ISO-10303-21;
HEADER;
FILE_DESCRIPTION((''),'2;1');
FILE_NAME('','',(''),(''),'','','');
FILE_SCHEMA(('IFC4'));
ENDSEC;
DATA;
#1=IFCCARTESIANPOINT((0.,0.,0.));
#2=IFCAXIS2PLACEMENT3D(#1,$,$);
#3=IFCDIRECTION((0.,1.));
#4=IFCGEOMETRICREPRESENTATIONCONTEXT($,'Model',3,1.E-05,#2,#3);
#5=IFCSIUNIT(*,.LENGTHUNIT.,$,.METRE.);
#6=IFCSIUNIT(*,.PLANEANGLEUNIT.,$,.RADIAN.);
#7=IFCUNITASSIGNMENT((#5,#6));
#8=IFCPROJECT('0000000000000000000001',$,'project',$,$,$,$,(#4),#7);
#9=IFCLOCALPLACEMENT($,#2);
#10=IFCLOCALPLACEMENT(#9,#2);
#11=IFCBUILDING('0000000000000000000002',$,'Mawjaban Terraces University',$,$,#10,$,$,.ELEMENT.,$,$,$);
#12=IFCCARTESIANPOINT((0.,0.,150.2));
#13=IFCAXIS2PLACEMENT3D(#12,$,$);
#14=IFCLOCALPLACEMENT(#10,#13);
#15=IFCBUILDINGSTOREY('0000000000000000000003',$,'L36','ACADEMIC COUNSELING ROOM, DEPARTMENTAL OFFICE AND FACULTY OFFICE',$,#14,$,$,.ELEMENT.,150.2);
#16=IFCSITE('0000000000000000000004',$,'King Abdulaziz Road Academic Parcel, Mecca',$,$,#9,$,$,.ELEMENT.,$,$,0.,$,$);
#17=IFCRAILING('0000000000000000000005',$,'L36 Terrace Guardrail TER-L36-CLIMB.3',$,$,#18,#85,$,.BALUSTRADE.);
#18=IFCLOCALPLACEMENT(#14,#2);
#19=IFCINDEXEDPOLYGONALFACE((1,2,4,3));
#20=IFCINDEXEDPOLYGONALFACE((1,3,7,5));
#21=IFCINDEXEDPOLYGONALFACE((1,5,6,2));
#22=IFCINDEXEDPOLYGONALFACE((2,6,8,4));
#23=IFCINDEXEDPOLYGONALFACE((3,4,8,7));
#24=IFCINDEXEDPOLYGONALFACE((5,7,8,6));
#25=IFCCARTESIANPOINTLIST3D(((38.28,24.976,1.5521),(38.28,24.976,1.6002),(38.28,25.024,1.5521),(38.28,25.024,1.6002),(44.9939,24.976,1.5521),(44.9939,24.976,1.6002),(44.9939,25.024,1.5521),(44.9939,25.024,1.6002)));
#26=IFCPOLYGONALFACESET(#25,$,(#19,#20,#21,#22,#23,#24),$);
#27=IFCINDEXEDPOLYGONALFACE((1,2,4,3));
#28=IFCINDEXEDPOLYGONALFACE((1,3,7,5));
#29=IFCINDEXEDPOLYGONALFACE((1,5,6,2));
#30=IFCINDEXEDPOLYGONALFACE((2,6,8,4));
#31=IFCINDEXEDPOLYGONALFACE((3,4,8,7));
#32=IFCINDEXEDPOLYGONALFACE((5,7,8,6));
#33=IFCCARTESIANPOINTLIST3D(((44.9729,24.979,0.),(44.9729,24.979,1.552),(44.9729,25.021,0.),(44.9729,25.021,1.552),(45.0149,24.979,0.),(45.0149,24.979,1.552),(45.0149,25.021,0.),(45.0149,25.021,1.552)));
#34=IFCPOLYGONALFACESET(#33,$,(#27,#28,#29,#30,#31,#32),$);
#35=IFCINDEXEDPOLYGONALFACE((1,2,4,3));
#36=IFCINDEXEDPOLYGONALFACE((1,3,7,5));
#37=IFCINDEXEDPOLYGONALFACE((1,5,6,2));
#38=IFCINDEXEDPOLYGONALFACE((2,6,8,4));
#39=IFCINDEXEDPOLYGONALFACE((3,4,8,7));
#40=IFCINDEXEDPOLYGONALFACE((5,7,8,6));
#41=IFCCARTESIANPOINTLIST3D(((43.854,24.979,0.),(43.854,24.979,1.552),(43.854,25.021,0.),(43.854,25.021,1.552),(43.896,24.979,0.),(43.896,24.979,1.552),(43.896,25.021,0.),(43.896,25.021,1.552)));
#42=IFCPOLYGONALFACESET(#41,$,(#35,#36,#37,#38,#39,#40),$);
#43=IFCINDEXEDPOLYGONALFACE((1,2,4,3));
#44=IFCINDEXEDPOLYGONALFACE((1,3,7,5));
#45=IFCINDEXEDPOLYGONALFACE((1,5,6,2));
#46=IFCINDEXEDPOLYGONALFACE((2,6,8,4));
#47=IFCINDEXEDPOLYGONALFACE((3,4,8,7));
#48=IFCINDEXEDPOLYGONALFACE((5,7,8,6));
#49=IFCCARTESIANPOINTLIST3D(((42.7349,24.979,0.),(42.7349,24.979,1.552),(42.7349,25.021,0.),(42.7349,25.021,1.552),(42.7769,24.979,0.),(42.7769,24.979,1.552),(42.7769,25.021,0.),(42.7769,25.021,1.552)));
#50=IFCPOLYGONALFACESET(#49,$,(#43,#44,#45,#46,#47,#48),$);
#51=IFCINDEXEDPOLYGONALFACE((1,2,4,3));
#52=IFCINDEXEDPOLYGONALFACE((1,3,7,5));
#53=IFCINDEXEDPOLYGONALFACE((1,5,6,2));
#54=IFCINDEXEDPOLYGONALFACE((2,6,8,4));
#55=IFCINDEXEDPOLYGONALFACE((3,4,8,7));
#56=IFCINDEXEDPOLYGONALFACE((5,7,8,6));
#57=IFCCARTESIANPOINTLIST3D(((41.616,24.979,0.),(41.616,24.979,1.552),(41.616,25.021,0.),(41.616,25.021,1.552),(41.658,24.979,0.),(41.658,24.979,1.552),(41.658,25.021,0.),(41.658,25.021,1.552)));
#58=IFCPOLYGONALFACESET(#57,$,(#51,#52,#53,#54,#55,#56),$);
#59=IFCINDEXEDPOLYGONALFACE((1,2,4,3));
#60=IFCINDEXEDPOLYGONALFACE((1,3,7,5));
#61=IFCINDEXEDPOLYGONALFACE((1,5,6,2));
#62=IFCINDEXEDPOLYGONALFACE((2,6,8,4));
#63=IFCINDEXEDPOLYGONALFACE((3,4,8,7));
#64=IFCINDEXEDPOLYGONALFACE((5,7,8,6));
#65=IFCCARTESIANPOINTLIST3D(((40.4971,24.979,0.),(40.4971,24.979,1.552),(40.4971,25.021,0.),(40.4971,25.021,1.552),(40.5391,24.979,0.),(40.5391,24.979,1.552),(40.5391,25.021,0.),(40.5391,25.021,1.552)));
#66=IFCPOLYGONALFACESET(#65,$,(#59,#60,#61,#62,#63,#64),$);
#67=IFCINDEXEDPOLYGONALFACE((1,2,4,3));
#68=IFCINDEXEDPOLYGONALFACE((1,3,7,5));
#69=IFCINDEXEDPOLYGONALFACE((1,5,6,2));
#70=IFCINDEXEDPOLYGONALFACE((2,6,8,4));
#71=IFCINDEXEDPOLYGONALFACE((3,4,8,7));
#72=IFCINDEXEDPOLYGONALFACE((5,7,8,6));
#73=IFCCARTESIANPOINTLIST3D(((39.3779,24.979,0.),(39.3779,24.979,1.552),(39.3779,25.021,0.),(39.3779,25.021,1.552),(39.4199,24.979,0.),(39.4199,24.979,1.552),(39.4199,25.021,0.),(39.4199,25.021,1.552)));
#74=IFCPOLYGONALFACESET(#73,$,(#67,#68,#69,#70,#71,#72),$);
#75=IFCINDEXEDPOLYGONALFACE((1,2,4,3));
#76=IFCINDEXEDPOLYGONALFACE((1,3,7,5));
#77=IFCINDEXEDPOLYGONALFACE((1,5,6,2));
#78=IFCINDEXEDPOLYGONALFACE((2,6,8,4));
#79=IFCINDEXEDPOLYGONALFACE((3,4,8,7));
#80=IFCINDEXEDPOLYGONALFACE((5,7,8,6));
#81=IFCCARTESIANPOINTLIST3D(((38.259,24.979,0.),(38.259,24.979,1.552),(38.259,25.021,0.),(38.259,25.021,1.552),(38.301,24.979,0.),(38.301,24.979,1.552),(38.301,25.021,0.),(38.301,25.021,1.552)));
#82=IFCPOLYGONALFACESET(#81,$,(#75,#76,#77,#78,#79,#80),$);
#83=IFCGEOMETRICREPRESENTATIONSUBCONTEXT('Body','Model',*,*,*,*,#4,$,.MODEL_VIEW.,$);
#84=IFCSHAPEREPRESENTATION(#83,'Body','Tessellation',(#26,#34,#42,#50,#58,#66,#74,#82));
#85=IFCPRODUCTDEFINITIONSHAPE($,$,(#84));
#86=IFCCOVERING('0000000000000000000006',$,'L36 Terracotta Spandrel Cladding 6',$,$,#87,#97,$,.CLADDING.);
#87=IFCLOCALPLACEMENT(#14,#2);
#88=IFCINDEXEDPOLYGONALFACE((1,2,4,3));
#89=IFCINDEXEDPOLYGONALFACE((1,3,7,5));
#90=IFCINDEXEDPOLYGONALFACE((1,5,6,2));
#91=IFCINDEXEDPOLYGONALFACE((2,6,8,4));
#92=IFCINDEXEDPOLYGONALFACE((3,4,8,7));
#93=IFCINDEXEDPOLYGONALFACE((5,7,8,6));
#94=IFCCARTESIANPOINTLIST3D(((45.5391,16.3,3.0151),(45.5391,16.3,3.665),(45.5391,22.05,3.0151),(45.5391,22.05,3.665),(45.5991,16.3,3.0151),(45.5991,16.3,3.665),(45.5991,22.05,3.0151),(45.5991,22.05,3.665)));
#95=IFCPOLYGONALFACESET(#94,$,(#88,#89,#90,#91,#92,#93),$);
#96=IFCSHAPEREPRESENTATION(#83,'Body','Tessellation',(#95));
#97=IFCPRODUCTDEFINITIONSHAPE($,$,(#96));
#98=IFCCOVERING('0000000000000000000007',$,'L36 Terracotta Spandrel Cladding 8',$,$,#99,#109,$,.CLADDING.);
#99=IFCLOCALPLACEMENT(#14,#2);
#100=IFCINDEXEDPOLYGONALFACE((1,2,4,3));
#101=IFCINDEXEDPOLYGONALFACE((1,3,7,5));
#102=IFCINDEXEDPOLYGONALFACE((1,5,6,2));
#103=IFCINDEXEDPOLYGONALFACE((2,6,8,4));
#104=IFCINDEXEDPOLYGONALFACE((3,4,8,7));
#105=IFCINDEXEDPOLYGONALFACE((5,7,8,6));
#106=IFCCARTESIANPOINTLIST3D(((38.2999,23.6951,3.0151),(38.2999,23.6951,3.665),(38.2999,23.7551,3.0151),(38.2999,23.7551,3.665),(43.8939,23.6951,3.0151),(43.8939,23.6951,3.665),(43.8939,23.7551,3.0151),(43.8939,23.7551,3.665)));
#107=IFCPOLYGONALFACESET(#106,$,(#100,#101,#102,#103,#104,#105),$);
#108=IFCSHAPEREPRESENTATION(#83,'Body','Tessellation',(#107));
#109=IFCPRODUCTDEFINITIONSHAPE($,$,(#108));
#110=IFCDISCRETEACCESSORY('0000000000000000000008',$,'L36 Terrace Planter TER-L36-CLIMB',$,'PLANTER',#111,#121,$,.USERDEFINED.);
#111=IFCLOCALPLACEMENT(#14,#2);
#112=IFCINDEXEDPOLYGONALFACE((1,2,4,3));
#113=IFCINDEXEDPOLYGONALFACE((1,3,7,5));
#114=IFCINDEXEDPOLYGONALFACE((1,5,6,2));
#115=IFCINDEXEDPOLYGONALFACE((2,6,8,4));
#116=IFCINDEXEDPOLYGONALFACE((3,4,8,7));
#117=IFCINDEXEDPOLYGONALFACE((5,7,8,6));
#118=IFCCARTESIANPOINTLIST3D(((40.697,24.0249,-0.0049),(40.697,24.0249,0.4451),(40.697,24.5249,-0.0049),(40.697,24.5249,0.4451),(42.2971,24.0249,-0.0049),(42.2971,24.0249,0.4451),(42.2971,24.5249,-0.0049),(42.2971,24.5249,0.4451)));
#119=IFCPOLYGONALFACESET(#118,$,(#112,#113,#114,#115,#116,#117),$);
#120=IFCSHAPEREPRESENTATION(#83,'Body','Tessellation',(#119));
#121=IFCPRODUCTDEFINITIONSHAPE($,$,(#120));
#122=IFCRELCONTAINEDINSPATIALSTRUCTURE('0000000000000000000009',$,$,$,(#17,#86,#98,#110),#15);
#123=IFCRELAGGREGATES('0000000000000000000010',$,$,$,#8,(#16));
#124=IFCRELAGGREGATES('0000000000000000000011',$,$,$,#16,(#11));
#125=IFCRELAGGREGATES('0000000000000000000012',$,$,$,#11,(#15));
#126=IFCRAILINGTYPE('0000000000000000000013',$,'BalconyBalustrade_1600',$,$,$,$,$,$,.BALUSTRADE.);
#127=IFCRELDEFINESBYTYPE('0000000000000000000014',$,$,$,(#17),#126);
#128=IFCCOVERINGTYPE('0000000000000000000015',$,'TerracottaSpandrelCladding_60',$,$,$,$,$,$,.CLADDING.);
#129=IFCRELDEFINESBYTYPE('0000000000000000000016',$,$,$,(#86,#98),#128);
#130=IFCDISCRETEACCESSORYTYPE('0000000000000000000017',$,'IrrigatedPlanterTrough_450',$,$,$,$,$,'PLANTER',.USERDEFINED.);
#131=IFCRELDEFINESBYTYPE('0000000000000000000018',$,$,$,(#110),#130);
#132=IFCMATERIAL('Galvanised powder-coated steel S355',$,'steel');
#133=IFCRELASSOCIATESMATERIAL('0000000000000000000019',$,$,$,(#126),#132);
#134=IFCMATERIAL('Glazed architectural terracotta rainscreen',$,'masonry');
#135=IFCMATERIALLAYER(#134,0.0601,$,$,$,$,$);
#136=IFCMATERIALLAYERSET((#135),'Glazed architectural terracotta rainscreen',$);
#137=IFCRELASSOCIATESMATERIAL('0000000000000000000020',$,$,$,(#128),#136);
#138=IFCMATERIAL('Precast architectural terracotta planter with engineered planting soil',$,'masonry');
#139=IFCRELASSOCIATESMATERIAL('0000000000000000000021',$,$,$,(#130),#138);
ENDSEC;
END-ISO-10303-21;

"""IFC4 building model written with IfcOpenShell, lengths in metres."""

from ifc_helpers import new_model, si_unit, direction, frame, origin, origin_2d, place, context, subcontext, project, spatial, rectangle, extrude, material, layer, layer_set, type_object, element, save


model = new_model("IFC4")

# Units and contexts
model_context = context("Model", 3, precision=1e-05, world=origin(), true_north=direction((0.0, 1.0)))
body_context = subcontext(model_context, "Body", "Model", "MODEL_VIEW")
ifc_project = project(units=[si_unit("LENGTHUNIT", "METRE"), si_unit("PLANEANGLEUNIT", "RADIAN")], contexts=[model_context])

# Site, building, storey
site_placement = place(None, origin())
site = spatial("IfcSite", under=ifc_project, at=site_placement, Name="King Abdulaziz Road Academic Parcel, Mecca", CompositionType="ELEMENT", RefElevation=0.0)
building_placement = place(site_placement, origin())
building = spatial("IfcBuilding", under=site, at=building_placement, Name="Mawjaban Terraces University", CompositionType="ELEMENT")
storey_placement = place(building_placement, frame((0.0, 0.0, 150.2)))
storey = spatial("IfcBuildingStorey", under=building, at=storey_placement, Name="L36", Description="ACADEMIC COUNSELING ROOM, DEPARTMENTAL OFFICE AND FACULTY OFFICE", CompositionType="ELEMENT", Elevation=150.2)

# Railing
ifc_material_1 = material(Name="Galvanised powder-coated steel S355", Category="steel")
railing_type = type_object("IfcRailingType", Name="BalconyBalustrade_1600", PredefinedType="BALUSTRADE", material=ifc_material_1)
railing_1_placement = place(storey_placement, frame((44.9939, 25.0, 0.0)))
element("IfcRailing", 1, at=railing_1_placement, inside=storey, type_object=railing_type, Name="L36 Terrace Guardrail TER-L36-CLIMB.3", PredefinedType="BALUSTRADE", context=body_context, shape_type="SweptSolid", body=[
    extrude(rectangle(XDim=0.0481, YDim=0.0481, at=origin_2d()), frame((0.0, 0.0, 1.5762), z_axis=(-1.0, 0.0, 0.0), x_axis=(0.0, -1.0, 0.0)), (0.0, 0.0, 1.0), 6.7139),
    extrude(rectangle(XDim=0.042, YDim=0.042, at=origin_2d()), origin(), (0.0, 0.0, 1.0), 1.552),
    extrude(rectangle(XDim=0.042, YDim=0.042, at=origin_2d()), frame((-1.1189, 0.0, 0.0)), (0.0, 0.0, 1.0), 1.552),
    extrude(rectangle(XDim=0.042, YDim=0.042, at=origin_2d()), frame((-2.238, 0.0, 0.0)), (0.0, 0.0, 1.0), 1.552),
    extrude(rectangle(XDim=0.042, YDim=0.042, at=origin_2d()), frame((-3.3569, 0.0, 0.0)), (0.0, 0.0, 1.0), 1.552),
    extrude(rectangle(XDim=0.042, YDim=0.042, at=origin_2d()), frame((-4.4758, 0.0, 0.0)), (0.0, 0.0, 1.0), 1.552),
    extrude(rectangle(XDim=0.042, YDim=0.042, at=origin_2d()), frame((-5.595, 0.0, 0.0)), (0.0, 0.0, 1.0), 1.552),
    extrude(rectangle(XDim=0.042, YDim=0.042, at=origin_2d()), frame((-6.7139, 0.0, 0.0)), (0.0, 0.0, 1.0), 1.552),
])

# Coverings
ifc_material_2 = material(Name="Glazed architectural terracotta rainscreen", Category="masonry")
ifc_layer_1 = layer(ifc_material_2, 0.0601)
ifc_layer_set_1 = layer_set([ifc_layer_1], Name="Glazed architectural terracotta rainscreen")
covering_type = type_object("IfcCoveringType", Name="TerracottaSpandrelCladding_60", PredefinedType="CLADDING", material=ifc_layer_set_1)
covering_1_placement = place(storey_placement, frame((45.5691, 19.175, 3.0151), z_axis=(0.0, 0.0, 1.0), x_axis=(0.0, 1.0, 0.0)))
element("IfcCovering", 2, at=covering_1_placement, inside=storey, type_object=covering_type, Name="L36 Terracotta Spandrel Cladding 6", PredefinedType="CLADDING", context=body_context, shape_type="SweptSolid", body=[
    extrude(rectangle(XDim=5.75, YDim=0.0601, at=origin_2d()), origin(), (0.0, 0.0, 1.0), 0.6499),
])
covering_2_placement = place(storey_placement, frame((41.0969, 23.7251, 3.0151), z_axis=(0.0, 0.0, 1.0), x_axis=(-1.0, 0.0, 0.0)))
element("IfcCovering", 3, at=covering_2_placement, inside=storey, type_object=covering_type, Name="L36 Terracotta Spandrel Cladding 8", PredefinedType="CLADDING", context=body_context, shape_type="SweptSolid", body=[
    extrude(rectangle(XDim=5.594, YDim=0.0601, at=origin_2d()), origin(), (0.0, 0.0, 1.0), 0.6499),
])

# Discrete accessory
ifc_material_3 = material(Name="Precast architectural terracotta planter with engineered planting soil", Category="masonry")
discrete_accessory_type = type_object("IfcDiscreteAccessoryType", Name="IrrigatedPlanterTrough_450", ElementType="PLANTER", PredefinedType="USERDEFINED", material=ifc_material_3)
discrete_accessory_placement = place(storey_placement, frame((41.4971, 24.2749, -0.0049), z_axis=(0.0, 0.0, 1.0), x_axis=(1.0, 0.0, 0.0)))
element("IfcDiscreteAccessory", 4, at=discrete_accessory_placement, inside=storey, type_object=discrete_accessory_type, Name="L36 Terrace Planter TER-L36-CLIMB", ObjectType="PLANTER", PredefinedType="USERDEFINED", context=body_context, shape_type="SweptSolid", body=[
    extrude(rectangle(XDim=1.6001, YDim=0.5, at=origin_2d()), origin(), (0.0, 0.0, 1.0), 0.45),
])

save(model, "model.ifc")
